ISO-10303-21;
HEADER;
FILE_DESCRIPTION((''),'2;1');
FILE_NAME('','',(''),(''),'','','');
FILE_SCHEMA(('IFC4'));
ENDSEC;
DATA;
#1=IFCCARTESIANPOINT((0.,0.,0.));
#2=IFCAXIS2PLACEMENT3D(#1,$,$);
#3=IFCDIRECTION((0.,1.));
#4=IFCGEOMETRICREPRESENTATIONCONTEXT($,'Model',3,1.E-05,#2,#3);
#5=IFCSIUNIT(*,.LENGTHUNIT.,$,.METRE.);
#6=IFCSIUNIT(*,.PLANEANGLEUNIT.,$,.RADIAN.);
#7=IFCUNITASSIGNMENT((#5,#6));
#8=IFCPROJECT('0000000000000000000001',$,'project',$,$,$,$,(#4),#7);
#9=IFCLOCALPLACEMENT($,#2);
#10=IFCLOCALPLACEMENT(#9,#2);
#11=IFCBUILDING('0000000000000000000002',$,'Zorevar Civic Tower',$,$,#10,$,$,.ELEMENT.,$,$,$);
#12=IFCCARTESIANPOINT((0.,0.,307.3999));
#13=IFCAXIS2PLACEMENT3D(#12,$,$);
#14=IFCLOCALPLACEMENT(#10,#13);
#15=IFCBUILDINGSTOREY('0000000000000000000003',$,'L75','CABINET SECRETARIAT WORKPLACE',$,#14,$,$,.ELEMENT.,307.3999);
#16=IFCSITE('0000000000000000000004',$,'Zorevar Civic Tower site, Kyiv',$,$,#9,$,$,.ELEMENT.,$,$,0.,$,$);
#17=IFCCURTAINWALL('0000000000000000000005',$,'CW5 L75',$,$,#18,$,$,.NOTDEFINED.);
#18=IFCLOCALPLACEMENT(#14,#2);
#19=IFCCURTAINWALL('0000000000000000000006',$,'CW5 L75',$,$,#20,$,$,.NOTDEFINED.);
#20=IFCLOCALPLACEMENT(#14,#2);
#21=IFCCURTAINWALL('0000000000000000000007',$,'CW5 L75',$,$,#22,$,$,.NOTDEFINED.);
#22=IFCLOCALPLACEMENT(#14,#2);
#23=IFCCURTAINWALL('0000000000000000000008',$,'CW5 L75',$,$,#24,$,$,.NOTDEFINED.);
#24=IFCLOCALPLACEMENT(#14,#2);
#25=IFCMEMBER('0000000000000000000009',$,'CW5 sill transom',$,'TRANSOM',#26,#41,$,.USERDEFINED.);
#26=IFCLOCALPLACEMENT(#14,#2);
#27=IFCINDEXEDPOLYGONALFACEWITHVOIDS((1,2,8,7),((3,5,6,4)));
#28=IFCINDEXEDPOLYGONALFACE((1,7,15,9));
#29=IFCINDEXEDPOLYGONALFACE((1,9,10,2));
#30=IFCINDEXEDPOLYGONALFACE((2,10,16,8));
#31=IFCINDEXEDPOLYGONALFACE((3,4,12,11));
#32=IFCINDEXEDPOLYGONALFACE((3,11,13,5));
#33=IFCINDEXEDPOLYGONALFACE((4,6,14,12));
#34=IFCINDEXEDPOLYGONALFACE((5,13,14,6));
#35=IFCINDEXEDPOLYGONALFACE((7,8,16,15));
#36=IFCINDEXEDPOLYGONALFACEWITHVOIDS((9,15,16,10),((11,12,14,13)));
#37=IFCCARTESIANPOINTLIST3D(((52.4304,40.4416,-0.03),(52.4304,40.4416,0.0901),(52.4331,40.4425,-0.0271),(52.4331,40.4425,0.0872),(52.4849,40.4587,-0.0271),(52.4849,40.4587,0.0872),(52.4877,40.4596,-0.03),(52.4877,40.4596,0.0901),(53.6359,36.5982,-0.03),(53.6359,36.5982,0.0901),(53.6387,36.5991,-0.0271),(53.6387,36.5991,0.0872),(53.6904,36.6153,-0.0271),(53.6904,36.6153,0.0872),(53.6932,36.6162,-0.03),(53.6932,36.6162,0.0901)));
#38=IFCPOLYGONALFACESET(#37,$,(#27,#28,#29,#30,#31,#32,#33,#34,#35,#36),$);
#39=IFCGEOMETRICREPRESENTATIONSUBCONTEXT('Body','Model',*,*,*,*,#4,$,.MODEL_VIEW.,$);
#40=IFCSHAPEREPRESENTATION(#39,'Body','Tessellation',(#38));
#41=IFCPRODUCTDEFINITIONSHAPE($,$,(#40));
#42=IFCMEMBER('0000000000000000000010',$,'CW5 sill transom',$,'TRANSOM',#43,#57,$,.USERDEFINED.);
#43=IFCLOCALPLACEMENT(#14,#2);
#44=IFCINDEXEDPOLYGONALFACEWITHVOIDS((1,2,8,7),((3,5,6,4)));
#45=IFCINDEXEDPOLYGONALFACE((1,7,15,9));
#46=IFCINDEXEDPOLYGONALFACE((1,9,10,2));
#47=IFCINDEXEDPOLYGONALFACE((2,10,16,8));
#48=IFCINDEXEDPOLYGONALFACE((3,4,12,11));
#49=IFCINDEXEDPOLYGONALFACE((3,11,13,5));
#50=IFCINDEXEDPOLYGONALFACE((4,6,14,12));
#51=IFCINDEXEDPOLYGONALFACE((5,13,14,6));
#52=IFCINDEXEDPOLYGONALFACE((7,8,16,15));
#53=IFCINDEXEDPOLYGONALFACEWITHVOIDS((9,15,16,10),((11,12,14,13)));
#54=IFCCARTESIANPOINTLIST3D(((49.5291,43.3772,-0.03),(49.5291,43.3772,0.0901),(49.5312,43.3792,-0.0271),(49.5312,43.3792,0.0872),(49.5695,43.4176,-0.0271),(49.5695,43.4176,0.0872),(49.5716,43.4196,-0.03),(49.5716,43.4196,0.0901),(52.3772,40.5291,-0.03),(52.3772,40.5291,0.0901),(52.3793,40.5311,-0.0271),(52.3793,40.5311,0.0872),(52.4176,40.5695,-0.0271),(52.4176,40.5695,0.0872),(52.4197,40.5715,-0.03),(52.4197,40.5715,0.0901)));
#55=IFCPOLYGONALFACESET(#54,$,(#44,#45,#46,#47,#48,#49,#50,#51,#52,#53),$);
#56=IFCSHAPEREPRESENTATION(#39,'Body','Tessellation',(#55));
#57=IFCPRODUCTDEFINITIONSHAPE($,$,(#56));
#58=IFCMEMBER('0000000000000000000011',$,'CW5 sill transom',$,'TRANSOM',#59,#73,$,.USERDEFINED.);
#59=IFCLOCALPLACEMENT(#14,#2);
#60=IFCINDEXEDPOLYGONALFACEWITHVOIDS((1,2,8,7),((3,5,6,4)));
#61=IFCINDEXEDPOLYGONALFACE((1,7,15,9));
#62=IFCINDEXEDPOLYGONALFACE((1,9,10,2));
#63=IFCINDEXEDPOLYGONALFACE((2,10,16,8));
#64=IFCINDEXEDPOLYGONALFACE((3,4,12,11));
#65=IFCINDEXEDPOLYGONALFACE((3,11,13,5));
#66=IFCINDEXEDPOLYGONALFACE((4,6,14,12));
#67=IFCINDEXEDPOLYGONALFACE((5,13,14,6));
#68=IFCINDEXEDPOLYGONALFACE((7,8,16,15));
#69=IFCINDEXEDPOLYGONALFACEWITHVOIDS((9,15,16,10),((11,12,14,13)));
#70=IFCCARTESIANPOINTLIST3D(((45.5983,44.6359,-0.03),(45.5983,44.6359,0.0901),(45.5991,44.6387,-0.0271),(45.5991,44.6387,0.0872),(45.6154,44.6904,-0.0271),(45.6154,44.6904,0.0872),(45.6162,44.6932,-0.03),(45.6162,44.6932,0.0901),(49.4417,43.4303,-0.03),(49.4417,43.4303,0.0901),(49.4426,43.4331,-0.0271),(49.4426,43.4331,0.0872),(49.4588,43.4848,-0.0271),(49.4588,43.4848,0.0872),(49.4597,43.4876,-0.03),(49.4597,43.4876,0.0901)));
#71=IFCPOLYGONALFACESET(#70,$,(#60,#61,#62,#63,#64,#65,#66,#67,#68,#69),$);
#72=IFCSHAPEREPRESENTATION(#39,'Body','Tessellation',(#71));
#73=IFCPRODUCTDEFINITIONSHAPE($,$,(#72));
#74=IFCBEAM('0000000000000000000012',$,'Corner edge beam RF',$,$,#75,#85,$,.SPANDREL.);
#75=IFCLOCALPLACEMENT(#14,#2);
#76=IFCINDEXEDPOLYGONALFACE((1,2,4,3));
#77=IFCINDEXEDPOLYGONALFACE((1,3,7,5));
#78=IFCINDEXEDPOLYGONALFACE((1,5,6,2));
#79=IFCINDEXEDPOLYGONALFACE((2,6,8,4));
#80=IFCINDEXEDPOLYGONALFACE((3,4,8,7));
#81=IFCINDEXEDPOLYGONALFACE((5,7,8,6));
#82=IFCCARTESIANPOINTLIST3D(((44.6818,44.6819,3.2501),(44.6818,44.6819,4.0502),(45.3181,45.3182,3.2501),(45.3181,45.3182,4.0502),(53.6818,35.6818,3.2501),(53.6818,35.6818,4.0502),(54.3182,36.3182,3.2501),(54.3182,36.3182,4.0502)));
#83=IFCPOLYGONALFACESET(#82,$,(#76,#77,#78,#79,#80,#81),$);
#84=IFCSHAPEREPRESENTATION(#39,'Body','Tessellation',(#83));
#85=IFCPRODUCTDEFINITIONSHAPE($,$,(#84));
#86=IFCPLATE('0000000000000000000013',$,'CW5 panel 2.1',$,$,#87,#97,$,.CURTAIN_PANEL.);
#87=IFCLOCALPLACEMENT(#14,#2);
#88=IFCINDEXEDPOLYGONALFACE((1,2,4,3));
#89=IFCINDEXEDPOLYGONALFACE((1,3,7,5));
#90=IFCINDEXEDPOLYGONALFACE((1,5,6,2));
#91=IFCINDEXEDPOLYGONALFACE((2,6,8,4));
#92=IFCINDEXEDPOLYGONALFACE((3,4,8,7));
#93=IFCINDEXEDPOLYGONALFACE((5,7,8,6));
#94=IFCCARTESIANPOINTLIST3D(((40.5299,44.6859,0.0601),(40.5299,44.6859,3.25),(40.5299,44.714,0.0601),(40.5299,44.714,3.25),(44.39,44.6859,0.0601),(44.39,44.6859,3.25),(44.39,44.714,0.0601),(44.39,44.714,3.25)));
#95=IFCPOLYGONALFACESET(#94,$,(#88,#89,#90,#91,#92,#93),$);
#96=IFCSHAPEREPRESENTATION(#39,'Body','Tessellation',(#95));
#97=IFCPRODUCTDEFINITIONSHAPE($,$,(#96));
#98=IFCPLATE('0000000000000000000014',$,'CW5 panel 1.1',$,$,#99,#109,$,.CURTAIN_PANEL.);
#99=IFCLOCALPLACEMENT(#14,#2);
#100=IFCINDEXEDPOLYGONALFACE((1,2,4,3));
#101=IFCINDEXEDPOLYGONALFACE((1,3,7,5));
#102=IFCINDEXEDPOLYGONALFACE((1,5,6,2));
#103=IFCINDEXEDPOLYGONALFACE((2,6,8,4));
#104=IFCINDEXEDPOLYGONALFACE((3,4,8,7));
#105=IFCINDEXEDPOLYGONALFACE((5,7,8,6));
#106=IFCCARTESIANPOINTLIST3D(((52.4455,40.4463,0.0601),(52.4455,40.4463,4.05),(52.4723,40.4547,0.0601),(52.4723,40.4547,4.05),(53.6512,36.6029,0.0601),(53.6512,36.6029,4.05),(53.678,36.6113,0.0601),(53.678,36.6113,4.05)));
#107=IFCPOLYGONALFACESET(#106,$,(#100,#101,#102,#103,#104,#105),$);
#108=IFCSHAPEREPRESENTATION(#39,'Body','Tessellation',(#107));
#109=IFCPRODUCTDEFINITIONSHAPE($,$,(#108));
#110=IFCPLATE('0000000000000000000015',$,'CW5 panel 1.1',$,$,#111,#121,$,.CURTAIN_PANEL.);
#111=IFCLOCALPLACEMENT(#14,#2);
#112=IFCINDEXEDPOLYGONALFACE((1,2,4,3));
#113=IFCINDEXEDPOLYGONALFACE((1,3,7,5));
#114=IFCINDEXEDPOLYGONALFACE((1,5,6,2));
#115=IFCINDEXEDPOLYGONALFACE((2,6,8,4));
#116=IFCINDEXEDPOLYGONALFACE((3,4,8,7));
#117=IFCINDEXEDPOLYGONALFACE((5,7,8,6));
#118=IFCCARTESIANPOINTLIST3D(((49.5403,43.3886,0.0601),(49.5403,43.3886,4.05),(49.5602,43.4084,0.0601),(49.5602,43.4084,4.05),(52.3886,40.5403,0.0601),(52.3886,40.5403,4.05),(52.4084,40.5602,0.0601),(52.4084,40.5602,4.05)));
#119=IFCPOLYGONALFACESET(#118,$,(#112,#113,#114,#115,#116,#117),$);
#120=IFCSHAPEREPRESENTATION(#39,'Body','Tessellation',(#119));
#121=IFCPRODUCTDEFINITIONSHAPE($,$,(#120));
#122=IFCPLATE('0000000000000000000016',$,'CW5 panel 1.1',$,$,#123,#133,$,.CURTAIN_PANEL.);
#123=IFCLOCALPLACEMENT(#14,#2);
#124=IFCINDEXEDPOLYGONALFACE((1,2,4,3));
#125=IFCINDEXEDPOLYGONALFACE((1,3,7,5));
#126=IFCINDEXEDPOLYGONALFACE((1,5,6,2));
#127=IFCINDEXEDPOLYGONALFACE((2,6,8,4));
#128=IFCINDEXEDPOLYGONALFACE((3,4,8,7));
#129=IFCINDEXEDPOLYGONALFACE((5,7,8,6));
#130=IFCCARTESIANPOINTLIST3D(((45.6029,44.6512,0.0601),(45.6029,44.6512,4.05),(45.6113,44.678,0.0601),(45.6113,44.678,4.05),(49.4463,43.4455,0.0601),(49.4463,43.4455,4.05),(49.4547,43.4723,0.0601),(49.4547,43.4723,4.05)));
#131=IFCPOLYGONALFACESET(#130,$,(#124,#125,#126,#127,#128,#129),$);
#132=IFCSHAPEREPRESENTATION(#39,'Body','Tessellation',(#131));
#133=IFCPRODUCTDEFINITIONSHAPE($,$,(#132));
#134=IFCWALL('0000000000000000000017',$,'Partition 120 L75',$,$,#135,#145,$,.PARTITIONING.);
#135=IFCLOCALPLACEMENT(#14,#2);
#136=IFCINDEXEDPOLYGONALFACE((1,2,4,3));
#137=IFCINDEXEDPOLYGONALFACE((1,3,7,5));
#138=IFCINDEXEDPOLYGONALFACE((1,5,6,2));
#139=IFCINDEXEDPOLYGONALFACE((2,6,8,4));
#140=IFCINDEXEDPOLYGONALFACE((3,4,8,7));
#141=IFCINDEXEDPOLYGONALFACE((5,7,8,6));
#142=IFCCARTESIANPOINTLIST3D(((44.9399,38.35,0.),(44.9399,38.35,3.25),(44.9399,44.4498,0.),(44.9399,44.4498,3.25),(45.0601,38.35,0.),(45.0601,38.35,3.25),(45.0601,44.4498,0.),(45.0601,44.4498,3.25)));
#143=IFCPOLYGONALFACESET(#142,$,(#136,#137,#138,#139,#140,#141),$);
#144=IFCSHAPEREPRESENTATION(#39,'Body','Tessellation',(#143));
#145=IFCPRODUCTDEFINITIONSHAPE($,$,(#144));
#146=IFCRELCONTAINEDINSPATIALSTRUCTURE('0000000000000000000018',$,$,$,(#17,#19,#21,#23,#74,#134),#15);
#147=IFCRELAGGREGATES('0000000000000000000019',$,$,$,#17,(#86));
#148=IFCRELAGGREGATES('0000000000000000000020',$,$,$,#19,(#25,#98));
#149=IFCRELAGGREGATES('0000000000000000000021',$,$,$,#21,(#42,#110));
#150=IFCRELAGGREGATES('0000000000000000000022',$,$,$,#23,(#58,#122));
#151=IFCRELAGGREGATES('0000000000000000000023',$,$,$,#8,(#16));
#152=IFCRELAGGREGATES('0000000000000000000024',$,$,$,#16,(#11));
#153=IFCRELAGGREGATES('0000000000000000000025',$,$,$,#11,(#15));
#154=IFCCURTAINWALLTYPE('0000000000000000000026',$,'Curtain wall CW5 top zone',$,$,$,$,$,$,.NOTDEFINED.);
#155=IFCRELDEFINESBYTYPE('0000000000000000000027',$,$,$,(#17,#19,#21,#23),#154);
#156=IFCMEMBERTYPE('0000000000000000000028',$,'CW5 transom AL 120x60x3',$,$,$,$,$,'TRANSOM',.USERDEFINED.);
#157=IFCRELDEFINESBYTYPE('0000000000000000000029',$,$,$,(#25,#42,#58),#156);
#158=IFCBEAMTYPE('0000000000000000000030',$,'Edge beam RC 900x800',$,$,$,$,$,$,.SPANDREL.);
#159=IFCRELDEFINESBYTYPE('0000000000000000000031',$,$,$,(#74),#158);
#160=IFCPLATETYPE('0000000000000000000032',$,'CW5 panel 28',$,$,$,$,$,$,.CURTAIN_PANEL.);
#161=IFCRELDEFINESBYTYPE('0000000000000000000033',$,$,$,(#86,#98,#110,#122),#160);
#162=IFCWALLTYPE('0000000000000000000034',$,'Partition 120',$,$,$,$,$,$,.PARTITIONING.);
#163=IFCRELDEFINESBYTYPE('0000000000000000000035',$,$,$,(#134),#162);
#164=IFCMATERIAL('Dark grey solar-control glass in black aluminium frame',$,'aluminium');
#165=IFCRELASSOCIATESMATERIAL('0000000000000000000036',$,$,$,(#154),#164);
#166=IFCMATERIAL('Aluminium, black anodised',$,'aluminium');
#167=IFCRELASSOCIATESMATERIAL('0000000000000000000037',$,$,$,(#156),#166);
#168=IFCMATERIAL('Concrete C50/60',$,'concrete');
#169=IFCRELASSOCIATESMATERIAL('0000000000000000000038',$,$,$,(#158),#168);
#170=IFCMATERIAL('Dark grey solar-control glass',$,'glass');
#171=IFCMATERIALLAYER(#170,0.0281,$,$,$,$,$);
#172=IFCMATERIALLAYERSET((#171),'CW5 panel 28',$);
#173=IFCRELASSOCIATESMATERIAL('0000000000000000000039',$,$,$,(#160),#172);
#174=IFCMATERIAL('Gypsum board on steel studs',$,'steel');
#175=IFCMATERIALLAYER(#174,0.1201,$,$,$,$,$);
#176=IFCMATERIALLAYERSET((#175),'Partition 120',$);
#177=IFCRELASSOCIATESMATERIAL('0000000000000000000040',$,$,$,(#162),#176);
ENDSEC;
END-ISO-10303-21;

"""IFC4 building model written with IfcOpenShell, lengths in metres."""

from ifc_helpers import new_model, si_unit, direction, frame, frame_2d, origin, origin_2d, place, context, subcontext, project, spatial, rectangle, hollow_rectangle, extrude, material, layer, layer_set, material_profile, profile_set, type_object, element, aggregate, save


model = new_model("IFC4")

# Units and contexts
model_context = context("Model", 3, precision=1e-05, world=origin(), true_north=direction((0.0, 1.0)))
body_context = subcontext(model_context, "Body", "Model", "MODEL_VIEW")
ifc_project = project(units=[si_unit("LENGTHUNIT", "METRE"), si_unit("PLANEANGLEUNIT", "RADIAN")], contexts=[model_context])

# Site, building, storey
site_placement = place(None, origin())
site = spatial("IfcSite", under=ifc_project, at=site_placement, Name="Zorevar Civic Tower site, Kyiv", CompositionType="ELEMENT", RefElevation=0.0)
building_placement = place(site_placement, origin())
building = spatial("IfcBuilding", under=site, at=building_placement, Name="Zorevar Civic Tower", CompositionType="ELEMENT")
storey_placement = place(building_placement, frame((0.0, 0.0, 307.3999)))
storey = spatial("IfcBuildingStorey", under=building, at=storey_placement, Name="L75", Description="CABINET SECRETARIAT WORKPLACE", CompositionType="ELEMENT", Elevation=307.3999)

# Curtain wall
ifc_material_1 = material(Name="Dark grey solar-control glass in black aluminium frame", Category="aluminium")
curtain_wall_type = type_object("IfcCurtainWallType", Name="Curtain wall CW5 top zone", PredefinedType="NOTDEFINED", material=ifc_material_1)
curtain_wall_1_placement = place(storey_placement, origin())
curtain_wall_1 = element("IfcCurtainWall", 1, at=curtain_wall_1_placement, inside=storey, type_object=curtain_wall_type, Name="CW5 L75", PredefinedType="NOTDEFINED")

# Curtain walls
curtain_wall_2_placement = place(storey_placement, origin())
curtain_wall_2 = element("IfcCurtainWall", 2, at=curtain_wall_2_placement, inside=storey, type_object=curtain_wall_type, Name="CW5 L75", PredefinedType="NOTDEFINED")
curtain_wall_3_placement = place(storey_placement, origin())
curtain_wall_3 = element("IfcCurtainWall", 3, at=curtain_wall_3_placement, inside=storey, type_object=curtain_wall_type, Name="CW5 L75", PredefinedType="NOTDEFINED")
curtain_wall_4_placement = place(storey_placement, origin())
curtain_wall_4 = element("IfcCurtainWall", 4, at=curtain_wall_4_placement, inside=storey, type_object=curtain_wall_type, Name="CW5 L75", PredefinedType="NOTDEFINED")

# Members
ifc_material_2 = material(Name="Aluminium, black anodised", Category="aluminium")
ifc_material_profile_1 = material_profile(ifc_material_2, hollow_rectangle(XDim=0.0601, YDim=0.1201, WallThickness=0.0029, at=origin_2d()), Name="AL 120x60x3")
ifc_profile_set_1 = profile_set([ifc_material_profile_1], Name="Aluminium, black anodised")
member_type_1 = type_object("IfcMemberType", Name="CW5 transom AL 120x60x3", ElementType="TRANSOM", PredefinedType="USERDEFINED", material=ifc_profile_set_1)
member_1_placement = place(storey_placement, frame((53.6646, 36.6072, 0.03), z_axis=(-0.299286, 0.954163, 0.0), x_axis=(-0.954163, -0.299286, 0.0)))
member_1 = element("IfcMember", 5, at=member_1_placement, type_object=member_type_1, Name="CW5 sill transom", ObjectType="TRANSOM", PredefinedType="USERDEFINED", context=body_context, shape_type="SweptSolid", body=[
    extrude(hollow_rectangle(XDim=0.0601, YDim=0.1201, WallThickness=0.0029, at=origin_2d()), origin(), (0.0, 0.0, 1.0), 4.0281),
])
member_2_placement = place(storey_placement, frame((52.3984, 40.5503, 0.03), z_axis=(-0.707107, 0.707107, 0.0), x_axis=(-0.707107, -0.707107, 0.0)))
member_2 = element("IfcMember", 6, at=member_2_placement, type_object=member_type_1, Name="CW5 sill transom", ObjectType="TRANSOM", PredefinedType="USERDEFINED", context=body_context, shape_type="SweptSolid", body=[
    extrude(hollow_rectangle(XDim=0.0601, YDim=0.1201, WallThickness=0.0029, at=origin_2d()), origin(), (0.0, 0.0, 1.0), 4.0278),
])
member_3_placement = place(storey_placement, frame((49.4507, 43.459, 0.03), z_axis=(-0.954163, 0.299286, 0.0), x_axis=(-0.299286, -0.954163, 0.0)))
member_3 = element("IfcMember", 7, at=member_3_placement, type_object=member_type_1, Name="CW5 sill transom", ObjectType="TRANSOM", PredefinedType="USERDEFINED", context=body_context, shape_type="SweptSolid", body=[
    extrude(hollow_rectangle(XDim=0.0601, YDim=0.1201, WallThickness=0.0029, at=origin_2d()), origin(), (0.0, 0.0, 1.0), 4.0281),
])

# Beam
ifc_material_3 = material(Name="Concrete C50/60", Category="concrete")
ifc_material_profile_2 = material_profile(ifc_material_3, rectangle(XDim=0.8999, YDim=0.8, at=origin_2d()), Name="RC 900x800")
ifc_profile_set_2 = profile_set([ifc_material_profile_2], Name="Concrete C50/60")
beam_type_1 = type_object("IfcBeamType", Name="Edge beam RC 900x800", PredefinedType="SPANDREL", material=ifc_profile_set_2)
beam_1_placement = place(storey_placement, frame((54.0, 36.0, 3.6501), z_axis=(-0.707107, 0.707107, 0.0), x_axis=(-0.707107, -0.707107, 0.0)))
element("IfcBeam", 8, at=beam_1_placement, inside=storey, type_object=beam_type_1, Name="Corner edge beam RF", PredefinedType="SPANDREL", context=body_context, shape_type="SweptSolid", body=[
    extrude(rectangle(XDim=0.8999, YDim=0.8, at=origin_2d()), origin(), (0.0, 0.0, 1.0), 12.728),
])

# Plates
ifc_material_4 = material(Name="Dark grey solar-control glass", Category="glass")
ifc_layer_1 = layer(ifc_material_4, 0.0281)
ifc_layer_set_1 = layer_set([ifc_layer_1], Name="CW5 panel 28")
plate_type = type_object("IfcPlateType", Name="CW5 panel 28", PredefinedType="CURTAIN_PANEL", material=ifc_layer_set_1)
plate_1_placement = place(storey_placement, frame((42.46, 44.7, 0.0601), z_axis=(0.0, 0.0, 1.0), x_axis=(1.0, 0.0, 0.0)))
plate_1 = element("IfcPlate", 9, at=plate_1_placement, type_object=plate_type, Name="CW5 panel 2.1", PredefinedType="CURTAIN_PANEL", context=body_context, shape_type="SweptSolid", body=[
    extrude(rectangle(XDim=3.8601, YDim=0.0281, at=origin_2d()), origin(), (0.0, 0.0, 1.0), 3.1899),
])
aggregate(curtain_wall_1, [plate_1])
plate_2_placement = place(storey_placement, frame((53.0618, 38.5288, 0.0601), z_axis=(0.0, 0.0, 1.0), x_axis=(-0.299318, 0.954153, 0.0)))
plate_2 = element("IfcPlate", 10, at=plate_2_placement, type_object=plate_type, Name="CW5 panel 1.1", PredefinedType="CURTAIN_PANEL", context=body_context, shape_type="SweptSolid", body=[
    extrude(rectangle(XDim=4.0281, YDim=0.0281, at=origin_2d()), origin(), (0.0, 0.0, 1.0), 3.99),
])
aggregate(curtain_wall_2, [member_1, plate_2])
plate_3_placement = place(storey_placement, frame((50.9744, 41.9744, 0.0601), z_axis=(0.0, 0.0, 1.0), x_axis=(-0.707107, 0.707107, 0.0)))
plate_3 = element("IfcPlate", 11, at=plate_3_placement, type_object=plate_type, Name="CW5 panel 1.1", PredefinedType="CURTAIN_PANEL", context=body_context, shape_type="SweptSolid", body=[
    extrude(rectangle(XDim=4.0281, YDim=0.0281, at=origin_2d()), origin(), (0.0, 0.0, 1.0), 3.99),
])
aggregate(curtain_wall_3, [member_2, plate_3])
plate_4_placement = place(storey_placement, frame((47.5288, 44.0618, 0.0601), z_axis=(0.0, 0.0, 1.0), x_axis=(-0.954153, 0.299318, 0.0)))
plate_4 = element("IfcPlate", 12, at=plate_4_placement, type_object=plate_type, Name="CW5 panel 1.1", PredefinedType="CURTAIN_PANEL", context=body_context, shape_type="SweptSolid", body=[
    extrude(rectangle(XDim=4.0281, YDim=0.0281, at=origin_2d()), origin(), (0.0, 0.0, 1.0), 3.99),
])
aggregate(curtain_wall_4, [member_3, plate_4])

# Wall
ifc_material_5 = material(Name="Gypsum board on steel studs", Category="steel")
ifc_layer_2 = layer(ifc_material_5, 0.1201)
ifc_layer_set_2 = layer_set([ifc_layer_2], Name="Partition 120")
wall_type = type_object("IfcWallType", Name="Partition 120", PredefinedType="PARTITIONING", material=ifc_layer_set_2)
wall_placement = place(storey_placement, frame((45.0, 38.3501, 0.0), z_axis=(0.0, 0.0, 1.0), x_axis=(0.0, 1.0, 0.0)))
element("IfcWall", 13, at=wall_placement, inside=storey, type_object=wall_type, Name="Partition 120 L75", PredefinedType="PARTITIONING", context=body_context, shape_type="SweptSolid", body=[
    extrude(rectangle(XDim=6.0999, YDim=0.1201, at=frame_2d((3.0498, 0.0))), origin(), (0.0, 0.0, 1.0), 3.25),
])

save(model, "model.ifc")
